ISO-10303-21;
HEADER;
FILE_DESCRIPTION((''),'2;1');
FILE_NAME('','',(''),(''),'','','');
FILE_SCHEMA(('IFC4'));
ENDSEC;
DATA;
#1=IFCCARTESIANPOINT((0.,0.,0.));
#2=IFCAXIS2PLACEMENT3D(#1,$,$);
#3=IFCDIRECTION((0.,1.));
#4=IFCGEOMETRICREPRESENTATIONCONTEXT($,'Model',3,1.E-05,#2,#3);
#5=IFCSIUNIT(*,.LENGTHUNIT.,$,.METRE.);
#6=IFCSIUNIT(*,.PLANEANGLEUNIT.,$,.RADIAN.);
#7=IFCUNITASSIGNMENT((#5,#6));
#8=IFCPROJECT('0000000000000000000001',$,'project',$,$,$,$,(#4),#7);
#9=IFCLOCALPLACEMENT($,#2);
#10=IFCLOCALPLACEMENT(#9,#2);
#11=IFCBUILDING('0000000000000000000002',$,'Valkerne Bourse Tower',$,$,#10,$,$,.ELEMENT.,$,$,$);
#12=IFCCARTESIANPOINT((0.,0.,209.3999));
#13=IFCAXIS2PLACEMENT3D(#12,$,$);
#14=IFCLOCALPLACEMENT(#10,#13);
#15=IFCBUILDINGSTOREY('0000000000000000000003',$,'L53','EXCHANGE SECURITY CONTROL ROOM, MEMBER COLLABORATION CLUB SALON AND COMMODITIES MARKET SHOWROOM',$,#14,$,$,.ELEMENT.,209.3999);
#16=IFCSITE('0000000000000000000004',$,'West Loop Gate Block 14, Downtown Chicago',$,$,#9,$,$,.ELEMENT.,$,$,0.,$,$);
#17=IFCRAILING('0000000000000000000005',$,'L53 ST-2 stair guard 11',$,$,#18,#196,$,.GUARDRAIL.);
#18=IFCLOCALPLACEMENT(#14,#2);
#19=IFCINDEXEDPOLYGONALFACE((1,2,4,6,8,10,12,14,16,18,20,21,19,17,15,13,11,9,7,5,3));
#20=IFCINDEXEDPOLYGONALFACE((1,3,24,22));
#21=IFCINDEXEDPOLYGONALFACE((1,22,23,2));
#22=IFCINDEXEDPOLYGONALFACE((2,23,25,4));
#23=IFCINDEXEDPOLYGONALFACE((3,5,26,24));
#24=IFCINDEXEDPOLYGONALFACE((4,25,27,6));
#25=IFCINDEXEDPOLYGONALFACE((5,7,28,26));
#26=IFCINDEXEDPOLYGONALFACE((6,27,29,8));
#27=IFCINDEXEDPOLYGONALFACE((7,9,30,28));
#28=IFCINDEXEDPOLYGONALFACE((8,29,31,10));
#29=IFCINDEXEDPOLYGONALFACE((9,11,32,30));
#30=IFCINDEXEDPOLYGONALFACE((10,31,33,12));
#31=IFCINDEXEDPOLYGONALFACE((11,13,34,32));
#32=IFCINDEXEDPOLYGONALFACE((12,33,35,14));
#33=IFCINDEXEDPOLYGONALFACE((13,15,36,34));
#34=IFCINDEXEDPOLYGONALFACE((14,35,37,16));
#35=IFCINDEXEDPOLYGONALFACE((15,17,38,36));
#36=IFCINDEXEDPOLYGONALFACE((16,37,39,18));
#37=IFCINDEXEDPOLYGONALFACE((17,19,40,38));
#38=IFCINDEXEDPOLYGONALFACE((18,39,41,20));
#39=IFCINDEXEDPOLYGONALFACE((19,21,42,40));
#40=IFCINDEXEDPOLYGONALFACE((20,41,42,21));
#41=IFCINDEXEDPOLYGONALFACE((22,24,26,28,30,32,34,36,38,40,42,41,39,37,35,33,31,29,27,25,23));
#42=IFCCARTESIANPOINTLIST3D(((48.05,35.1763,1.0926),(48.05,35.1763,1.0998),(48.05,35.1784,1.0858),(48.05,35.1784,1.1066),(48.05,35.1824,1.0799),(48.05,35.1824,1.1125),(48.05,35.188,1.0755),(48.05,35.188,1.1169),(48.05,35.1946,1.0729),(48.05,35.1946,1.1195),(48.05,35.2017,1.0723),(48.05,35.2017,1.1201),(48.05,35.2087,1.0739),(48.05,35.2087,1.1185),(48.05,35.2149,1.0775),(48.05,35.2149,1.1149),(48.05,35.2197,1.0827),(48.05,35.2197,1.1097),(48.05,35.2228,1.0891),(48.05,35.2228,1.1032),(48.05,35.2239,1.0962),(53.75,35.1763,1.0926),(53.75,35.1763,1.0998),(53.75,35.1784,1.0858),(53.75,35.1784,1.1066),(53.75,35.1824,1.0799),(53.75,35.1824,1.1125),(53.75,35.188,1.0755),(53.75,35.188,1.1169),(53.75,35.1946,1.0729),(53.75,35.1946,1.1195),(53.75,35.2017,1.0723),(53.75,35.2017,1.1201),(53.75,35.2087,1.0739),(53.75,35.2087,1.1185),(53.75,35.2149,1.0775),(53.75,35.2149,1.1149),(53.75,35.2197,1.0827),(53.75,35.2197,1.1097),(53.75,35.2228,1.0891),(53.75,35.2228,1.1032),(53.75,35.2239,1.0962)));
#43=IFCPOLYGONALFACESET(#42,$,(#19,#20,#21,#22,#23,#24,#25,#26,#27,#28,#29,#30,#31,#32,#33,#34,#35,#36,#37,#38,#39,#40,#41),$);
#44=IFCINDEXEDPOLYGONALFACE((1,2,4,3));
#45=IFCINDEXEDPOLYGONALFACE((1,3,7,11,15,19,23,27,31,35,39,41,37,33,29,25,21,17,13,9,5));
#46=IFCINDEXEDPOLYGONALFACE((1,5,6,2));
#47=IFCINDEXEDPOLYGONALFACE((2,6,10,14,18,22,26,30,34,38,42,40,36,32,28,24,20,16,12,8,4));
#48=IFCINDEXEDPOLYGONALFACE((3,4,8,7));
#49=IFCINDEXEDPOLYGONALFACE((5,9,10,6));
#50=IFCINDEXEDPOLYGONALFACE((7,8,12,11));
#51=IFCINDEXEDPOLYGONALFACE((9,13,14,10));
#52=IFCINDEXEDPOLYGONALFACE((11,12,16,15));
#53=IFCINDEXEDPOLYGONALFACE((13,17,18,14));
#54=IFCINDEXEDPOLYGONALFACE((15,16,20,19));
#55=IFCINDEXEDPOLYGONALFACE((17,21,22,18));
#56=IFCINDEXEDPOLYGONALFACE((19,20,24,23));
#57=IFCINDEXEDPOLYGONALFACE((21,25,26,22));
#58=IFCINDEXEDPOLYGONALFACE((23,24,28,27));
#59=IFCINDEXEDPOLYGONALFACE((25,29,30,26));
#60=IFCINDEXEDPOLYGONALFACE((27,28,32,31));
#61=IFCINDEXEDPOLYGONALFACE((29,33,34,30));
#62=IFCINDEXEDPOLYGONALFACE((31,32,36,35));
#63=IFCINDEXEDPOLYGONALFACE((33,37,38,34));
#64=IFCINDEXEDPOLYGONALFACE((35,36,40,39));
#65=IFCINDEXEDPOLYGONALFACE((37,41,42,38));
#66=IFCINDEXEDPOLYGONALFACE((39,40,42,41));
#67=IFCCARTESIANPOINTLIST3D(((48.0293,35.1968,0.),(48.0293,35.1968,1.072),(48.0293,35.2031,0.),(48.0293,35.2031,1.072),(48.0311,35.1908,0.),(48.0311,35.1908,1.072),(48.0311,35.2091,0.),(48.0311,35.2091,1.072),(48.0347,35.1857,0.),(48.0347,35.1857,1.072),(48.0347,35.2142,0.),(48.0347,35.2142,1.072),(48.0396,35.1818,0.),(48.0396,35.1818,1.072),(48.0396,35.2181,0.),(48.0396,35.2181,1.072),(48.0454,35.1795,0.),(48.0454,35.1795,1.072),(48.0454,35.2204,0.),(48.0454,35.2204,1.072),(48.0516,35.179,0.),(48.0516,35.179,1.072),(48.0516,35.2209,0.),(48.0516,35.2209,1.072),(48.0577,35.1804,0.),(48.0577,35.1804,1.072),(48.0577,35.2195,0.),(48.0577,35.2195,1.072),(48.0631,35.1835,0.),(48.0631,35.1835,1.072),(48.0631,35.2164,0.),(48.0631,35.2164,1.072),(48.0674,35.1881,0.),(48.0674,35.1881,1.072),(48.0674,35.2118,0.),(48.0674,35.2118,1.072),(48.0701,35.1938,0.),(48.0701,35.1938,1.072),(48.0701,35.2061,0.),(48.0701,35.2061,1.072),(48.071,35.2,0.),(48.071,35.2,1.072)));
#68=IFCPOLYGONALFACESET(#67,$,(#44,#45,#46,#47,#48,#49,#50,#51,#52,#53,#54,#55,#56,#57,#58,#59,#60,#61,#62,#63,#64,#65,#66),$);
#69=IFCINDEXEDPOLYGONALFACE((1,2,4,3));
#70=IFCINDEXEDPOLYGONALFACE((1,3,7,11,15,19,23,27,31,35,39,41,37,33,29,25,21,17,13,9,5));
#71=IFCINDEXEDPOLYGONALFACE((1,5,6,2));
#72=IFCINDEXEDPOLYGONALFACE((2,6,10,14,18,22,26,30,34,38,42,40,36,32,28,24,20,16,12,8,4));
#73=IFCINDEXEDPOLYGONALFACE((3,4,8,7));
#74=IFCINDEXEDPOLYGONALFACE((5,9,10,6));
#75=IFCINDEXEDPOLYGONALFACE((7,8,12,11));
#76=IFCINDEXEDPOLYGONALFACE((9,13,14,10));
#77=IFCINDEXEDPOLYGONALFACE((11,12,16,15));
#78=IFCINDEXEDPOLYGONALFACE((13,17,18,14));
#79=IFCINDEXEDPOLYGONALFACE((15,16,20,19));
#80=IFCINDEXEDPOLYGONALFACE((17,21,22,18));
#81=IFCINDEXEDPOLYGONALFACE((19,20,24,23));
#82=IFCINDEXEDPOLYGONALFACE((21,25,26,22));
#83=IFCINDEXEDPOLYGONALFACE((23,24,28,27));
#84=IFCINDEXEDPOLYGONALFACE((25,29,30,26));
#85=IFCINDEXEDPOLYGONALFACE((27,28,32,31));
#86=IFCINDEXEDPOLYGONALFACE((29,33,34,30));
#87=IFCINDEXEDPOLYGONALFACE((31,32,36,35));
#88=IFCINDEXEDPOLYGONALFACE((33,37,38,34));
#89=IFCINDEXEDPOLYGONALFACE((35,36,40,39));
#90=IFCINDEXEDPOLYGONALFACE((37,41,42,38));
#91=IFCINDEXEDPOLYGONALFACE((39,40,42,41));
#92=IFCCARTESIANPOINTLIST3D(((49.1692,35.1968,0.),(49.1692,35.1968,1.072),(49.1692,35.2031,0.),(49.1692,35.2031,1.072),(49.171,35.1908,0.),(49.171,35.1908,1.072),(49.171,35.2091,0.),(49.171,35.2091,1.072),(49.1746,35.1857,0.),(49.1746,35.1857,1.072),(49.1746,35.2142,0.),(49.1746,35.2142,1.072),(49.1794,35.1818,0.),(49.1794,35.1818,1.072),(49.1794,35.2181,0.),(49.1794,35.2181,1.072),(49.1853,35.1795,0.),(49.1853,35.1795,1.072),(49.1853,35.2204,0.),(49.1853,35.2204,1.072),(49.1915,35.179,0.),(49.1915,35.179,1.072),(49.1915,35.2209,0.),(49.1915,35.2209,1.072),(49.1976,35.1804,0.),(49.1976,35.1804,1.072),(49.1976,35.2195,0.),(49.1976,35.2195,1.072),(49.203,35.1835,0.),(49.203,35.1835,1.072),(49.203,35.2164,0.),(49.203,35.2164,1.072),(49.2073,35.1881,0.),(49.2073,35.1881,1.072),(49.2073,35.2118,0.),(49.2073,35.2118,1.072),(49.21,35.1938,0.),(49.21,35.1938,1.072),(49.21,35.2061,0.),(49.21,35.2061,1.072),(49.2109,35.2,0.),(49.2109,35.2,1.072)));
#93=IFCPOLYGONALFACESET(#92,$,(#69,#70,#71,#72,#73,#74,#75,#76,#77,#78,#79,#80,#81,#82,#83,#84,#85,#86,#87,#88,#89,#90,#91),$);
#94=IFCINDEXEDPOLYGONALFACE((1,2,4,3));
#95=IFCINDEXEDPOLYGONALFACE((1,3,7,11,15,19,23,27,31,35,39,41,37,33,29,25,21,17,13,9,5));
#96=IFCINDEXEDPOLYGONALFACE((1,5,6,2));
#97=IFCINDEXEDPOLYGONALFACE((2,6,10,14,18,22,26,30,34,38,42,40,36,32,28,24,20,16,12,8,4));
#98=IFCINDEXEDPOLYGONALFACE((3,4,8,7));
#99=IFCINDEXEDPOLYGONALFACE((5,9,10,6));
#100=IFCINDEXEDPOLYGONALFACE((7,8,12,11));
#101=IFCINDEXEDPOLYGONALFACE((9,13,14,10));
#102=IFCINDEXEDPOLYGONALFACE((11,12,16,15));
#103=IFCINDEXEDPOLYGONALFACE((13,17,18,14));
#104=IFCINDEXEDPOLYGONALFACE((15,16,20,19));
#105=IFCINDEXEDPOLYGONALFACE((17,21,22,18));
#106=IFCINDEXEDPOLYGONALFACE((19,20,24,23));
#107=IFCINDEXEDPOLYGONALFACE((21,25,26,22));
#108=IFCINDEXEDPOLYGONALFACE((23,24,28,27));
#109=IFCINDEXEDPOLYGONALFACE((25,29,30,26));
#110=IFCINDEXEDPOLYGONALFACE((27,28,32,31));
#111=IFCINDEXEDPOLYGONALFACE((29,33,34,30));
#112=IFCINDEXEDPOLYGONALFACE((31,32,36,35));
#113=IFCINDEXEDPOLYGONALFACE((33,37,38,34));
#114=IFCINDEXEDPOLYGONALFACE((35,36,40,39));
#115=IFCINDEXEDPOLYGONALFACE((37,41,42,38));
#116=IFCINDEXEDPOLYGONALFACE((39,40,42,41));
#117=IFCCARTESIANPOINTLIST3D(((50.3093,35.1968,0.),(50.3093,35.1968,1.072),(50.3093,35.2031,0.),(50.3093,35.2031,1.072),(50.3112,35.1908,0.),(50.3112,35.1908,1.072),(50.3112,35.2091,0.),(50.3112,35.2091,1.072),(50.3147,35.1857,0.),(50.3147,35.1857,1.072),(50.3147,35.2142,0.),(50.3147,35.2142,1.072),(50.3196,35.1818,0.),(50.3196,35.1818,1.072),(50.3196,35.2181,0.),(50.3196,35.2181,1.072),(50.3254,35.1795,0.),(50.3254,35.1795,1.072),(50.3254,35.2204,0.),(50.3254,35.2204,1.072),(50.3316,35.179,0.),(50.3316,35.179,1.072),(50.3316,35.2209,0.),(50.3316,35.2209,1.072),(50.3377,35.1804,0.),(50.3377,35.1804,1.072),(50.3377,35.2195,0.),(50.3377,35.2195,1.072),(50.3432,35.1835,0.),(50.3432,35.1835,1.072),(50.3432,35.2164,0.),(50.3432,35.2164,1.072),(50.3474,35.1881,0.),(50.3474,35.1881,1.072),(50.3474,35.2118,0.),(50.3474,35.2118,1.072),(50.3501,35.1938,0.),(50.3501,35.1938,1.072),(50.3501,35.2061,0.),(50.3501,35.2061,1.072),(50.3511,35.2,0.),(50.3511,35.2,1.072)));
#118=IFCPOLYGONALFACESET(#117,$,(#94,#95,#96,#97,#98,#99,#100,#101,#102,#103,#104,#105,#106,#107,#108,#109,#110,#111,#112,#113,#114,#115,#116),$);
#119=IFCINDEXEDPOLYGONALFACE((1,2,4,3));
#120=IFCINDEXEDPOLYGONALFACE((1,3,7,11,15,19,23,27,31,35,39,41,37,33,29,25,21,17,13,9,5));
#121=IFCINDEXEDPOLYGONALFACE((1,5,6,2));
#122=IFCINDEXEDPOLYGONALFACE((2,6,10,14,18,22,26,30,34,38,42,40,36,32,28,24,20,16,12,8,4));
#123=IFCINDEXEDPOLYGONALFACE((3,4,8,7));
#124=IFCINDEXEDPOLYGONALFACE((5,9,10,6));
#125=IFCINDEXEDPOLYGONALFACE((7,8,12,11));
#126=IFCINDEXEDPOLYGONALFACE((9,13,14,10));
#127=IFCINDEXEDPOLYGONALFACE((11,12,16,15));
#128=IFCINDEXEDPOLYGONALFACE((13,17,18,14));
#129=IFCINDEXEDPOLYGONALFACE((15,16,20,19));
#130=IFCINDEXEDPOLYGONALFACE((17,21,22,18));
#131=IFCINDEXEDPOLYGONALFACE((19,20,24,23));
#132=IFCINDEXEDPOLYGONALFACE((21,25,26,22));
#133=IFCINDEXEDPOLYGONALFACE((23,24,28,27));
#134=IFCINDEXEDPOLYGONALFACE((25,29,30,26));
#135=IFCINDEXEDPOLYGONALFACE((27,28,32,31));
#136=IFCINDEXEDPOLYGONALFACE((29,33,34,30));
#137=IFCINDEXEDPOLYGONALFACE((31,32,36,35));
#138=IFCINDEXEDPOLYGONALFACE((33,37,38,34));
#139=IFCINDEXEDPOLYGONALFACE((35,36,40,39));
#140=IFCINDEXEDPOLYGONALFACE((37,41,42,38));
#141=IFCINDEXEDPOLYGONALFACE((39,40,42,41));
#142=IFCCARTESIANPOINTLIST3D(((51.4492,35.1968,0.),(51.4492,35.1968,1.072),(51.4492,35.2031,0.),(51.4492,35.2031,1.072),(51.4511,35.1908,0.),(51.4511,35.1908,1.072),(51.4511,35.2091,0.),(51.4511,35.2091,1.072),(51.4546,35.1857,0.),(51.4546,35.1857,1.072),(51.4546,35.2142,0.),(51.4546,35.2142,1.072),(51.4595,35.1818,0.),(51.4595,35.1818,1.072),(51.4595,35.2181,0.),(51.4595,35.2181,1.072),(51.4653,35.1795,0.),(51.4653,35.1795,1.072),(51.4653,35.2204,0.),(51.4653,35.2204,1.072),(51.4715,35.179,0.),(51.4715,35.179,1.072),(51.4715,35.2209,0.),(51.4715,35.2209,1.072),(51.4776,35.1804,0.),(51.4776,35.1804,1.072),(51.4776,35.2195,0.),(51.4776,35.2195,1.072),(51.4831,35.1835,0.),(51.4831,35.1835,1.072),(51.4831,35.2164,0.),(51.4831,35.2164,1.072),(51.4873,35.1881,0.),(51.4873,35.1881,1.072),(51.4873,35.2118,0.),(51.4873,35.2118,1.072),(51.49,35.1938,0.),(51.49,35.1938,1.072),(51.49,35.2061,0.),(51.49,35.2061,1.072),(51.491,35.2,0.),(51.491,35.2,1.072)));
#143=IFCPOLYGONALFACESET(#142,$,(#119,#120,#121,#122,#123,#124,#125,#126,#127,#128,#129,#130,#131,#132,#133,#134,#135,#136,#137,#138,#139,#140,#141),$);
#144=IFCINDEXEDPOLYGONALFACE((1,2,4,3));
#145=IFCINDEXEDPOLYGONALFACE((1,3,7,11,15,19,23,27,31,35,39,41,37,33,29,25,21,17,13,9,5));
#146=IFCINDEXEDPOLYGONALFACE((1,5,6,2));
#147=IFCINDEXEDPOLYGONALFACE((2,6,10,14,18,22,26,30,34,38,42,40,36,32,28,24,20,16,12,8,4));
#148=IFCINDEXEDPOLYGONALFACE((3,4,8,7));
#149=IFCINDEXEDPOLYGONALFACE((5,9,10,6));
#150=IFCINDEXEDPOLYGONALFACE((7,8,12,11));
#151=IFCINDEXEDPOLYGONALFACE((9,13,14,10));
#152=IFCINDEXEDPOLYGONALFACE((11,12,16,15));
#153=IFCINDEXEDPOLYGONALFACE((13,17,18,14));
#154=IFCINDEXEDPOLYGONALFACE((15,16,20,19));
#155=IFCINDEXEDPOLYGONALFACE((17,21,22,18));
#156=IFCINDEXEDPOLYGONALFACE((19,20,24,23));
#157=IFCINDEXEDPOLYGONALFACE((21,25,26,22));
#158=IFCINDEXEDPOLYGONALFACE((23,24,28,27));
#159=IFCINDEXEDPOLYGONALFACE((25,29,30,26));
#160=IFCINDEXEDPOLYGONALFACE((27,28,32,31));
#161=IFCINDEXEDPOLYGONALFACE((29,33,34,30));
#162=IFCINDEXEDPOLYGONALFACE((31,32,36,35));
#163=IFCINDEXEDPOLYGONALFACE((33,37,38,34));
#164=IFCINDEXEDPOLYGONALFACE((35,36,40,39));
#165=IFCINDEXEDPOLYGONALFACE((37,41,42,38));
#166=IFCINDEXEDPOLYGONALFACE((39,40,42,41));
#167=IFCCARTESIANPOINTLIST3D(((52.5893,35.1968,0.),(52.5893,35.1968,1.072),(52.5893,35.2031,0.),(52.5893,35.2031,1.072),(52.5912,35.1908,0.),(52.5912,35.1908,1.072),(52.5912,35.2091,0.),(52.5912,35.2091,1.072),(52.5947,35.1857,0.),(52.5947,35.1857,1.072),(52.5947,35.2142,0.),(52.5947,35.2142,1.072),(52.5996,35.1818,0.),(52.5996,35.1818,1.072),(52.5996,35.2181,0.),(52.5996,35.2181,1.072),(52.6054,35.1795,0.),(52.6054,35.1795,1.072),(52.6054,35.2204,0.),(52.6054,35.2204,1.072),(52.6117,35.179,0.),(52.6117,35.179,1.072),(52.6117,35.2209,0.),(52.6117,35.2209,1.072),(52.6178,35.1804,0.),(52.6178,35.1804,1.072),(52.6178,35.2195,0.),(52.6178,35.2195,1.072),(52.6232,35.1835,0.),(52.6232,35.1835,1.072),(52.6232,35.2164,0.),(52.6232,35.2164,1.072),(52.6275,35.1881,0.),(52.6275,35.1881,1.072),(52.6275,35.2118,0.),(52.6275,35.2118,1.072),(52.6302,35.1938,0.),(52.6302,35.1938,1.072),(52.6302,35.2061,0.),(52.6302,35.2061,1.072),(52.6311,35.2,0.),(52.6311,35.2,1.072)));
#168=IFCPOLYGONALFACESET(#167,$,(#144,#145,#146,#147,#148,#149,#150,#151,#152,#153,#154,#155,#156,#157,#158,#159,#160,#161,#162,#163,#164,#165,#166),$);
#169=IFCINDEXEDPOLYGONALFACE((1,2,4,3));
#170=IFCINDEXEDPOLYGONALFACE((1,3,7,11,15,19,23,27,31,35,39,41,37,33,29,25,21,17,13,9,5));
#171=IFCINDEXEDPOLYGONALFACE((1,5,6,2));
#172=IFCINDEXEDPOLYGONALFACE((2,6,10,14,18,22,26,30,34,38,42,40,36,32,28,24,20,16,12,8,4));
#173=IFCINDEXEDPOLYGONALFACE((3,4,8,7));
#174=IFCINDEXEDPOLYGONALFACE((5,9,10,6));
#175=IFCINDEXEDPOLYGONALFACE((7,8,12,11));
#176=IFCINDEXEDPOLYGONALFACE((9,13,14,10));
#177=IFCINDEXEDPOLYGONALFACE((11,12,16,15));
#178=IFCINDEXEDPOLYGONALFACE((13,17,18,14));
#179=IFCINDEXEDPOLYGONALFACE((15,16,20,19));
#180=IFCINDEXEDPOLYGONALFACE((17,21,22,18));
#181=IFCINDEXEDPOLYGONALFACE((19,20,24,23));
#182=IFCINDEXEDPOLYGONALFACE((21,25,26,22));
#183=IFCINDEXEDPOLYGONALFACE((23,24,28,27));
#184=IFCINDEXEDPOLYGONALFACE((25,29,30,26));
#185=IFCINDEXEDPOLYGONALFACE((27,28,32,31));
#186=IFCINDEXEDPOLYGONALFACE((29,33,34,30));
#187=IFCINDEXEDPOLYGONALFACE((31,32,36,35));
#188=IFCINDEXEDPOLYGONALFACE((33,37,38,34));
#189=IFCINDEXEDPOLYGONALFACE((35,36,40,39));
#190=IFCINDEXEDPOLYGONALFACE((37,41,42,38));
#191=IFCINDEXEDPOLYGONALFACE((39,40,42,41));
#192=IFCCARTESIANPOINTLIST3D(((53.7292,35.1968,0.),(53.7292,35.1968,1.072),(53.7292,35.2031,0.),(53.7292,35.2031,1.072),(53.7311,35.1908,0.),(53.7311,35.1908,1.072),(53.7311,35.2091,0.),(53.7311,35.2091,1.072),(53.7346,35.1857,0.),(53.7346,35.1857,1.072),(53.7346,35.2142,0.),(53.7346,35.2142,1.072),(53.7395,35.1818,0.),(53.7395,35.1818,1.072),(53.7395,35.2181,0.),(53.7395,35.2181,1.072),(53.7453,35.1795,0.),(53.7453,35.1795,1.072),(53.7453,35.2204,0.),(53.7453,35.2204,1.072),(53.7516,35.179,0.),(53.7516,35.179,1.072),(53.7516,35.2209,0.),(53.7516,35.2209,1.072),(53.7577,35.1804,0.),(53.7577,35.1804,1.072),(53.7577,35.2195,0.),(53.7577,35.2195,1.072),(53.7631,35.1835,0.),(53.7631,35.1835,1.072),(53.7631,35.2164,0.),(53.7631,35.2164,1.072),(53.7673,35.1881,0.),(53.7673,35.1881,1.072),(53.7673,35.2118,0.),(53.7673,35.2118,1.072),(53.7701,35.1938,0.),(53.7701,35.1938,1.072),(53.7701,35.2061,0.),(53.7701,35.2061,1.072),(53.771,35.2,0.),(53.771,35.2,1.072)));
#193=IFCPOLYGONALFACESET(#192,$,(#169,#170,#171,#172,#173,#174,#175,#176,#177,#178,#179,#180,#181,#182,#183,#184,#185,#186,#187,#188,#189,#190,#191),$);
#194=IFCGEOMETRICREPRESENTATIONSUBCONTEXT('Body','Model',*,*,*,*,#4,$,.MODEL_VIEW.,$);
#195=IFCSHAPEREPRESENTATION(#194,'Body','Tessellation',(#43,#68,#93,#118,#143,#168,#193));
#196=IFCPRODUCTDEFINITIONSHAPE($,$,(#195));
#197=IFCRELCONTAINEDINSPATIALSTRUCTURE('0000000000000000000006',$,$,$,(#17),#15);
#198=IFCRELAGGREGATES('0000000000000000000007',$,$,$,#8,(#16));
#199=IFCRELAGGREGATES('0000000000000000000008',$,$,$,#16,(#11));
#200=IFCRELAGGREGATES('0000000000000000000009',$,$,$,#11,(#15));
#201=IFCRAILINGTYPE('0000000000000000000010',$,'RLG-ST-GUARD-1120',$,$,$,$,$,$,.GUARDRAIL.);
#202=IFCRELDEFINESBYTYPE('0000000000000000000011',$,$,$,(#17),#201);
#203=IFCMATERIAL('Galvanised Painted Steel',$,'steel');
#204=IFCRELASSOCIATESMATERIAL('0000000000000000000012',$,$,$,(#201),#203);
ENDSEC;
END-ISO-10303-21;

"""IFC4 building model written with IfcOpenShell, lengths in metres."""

from ifc_helpers import new_model, si_unit, direction, frame, origin, origin_2d, place, context, subcontext, project, spatial, circle, extrude, material, type_object, element, save


model = new_model("IFC4")

# Units and contexts
model_context = context("Model", 3, precision=1e-05, world=origin(), true_north=direction((0.0, 1.0)))
body_context = subcontext(model_context, "Body", "Model", "MODEL_VIEW")
ifc_project = project(units=[si_unit("LENGTHUNIT", "METRE"), si_unit("PLANEANGLEUNIT", "RADIAN")], contexts=[model_context])

# Site, building, storey
site_placement = place(None, origin())
site = spatial("IfcSite", under=ifc_project, at=site_placement, Name="West Loop Gate Block 14, Downtown Chicago", CompositionType="ELEMENT", RefElevation=0.0)
building_placement = place(site_placement, origin())
building = spatial("IfcBuilding", under=site, at=building_placement, Name="Valkerne Bourse Tower", CompositionType="ELEMENT")
storey_placement = place(building_placement, frame((0.0, 0.0, 209.3999)))
storey = spatial("IfcBuildingStorey", under=building, at=storey_placement, Name="L53", Description="EXCHANGE SECURITY CONTROL ROOM, MEMBER COLLABORATION CLUB SALON AND COMMODITIES MARKET SHOWROOM", CompositionType="ELEMENT", Elevation=209.3999)

# Shared definitions
ifc_material_1 = material(Name="Galvanised Painted Steel", Category="steel")

# Railing
railing_type_1 = type_object("IfcRailingType", Name="RLG-ST-GUARD-1120", PredefinedType="GUARDRAIL", material=ifc_material_1)
for number, where, name in (
    (1, (48.05, 35.2, 0.0), "L53 ST-2 stair guard 11"),
):
    element("IfcRailing", number, at=place(storey_placement, frame(where)), inside=storey, type_object=railing_type_1, Name=name, PredefinedType="GUARDRAIL", context=body_context, shape_type="SweptSolid", body=[
        extrude(circle(Radius=0.0239, at=origin_2d()), frame((0.0, 0.0, 1.0962), z_axis=(1.0, 0.0, 0.0), x_axis=(0.0, 1.0, 0.0)), (0.0, 0.0, 1.0), 5.7),
        extrude(circle(Radius=0.021, at=origin_2d()), origin(), (0.0, 0.0, 1.0), 1.072),
        extrude(circle(Radius=0.021, at=origin_2d()), frame((1.1399, 0.0, 0.0)), (0.0, 0.0, 1.0), 1.072),
        extrude(circle(Radius=0.021, at=origin_2d()), frame((2.28, 0.0, 0.0)), (0.0, 0.0, 1.0), 1.072),
        extrude(circle(Radius=0.021, at=origin_2d()), frame((3.4199, 0.0, 0.0)), (0.0, 0.0, 1.0), 1.072),
        extrude(circle(Radius=0.021, at=origin_2d()), frame((4.5601, 0.0, 0.0)), (0.0, 0.0, 1.0), 1.072),
        extrude(circle(Radius=0.021, at=origin_2d()), frame((5.7, 0.0, 0.0)), (0.0, 0.0, 1.0), 1.072),
    ])

save(model, "model.ifc")
